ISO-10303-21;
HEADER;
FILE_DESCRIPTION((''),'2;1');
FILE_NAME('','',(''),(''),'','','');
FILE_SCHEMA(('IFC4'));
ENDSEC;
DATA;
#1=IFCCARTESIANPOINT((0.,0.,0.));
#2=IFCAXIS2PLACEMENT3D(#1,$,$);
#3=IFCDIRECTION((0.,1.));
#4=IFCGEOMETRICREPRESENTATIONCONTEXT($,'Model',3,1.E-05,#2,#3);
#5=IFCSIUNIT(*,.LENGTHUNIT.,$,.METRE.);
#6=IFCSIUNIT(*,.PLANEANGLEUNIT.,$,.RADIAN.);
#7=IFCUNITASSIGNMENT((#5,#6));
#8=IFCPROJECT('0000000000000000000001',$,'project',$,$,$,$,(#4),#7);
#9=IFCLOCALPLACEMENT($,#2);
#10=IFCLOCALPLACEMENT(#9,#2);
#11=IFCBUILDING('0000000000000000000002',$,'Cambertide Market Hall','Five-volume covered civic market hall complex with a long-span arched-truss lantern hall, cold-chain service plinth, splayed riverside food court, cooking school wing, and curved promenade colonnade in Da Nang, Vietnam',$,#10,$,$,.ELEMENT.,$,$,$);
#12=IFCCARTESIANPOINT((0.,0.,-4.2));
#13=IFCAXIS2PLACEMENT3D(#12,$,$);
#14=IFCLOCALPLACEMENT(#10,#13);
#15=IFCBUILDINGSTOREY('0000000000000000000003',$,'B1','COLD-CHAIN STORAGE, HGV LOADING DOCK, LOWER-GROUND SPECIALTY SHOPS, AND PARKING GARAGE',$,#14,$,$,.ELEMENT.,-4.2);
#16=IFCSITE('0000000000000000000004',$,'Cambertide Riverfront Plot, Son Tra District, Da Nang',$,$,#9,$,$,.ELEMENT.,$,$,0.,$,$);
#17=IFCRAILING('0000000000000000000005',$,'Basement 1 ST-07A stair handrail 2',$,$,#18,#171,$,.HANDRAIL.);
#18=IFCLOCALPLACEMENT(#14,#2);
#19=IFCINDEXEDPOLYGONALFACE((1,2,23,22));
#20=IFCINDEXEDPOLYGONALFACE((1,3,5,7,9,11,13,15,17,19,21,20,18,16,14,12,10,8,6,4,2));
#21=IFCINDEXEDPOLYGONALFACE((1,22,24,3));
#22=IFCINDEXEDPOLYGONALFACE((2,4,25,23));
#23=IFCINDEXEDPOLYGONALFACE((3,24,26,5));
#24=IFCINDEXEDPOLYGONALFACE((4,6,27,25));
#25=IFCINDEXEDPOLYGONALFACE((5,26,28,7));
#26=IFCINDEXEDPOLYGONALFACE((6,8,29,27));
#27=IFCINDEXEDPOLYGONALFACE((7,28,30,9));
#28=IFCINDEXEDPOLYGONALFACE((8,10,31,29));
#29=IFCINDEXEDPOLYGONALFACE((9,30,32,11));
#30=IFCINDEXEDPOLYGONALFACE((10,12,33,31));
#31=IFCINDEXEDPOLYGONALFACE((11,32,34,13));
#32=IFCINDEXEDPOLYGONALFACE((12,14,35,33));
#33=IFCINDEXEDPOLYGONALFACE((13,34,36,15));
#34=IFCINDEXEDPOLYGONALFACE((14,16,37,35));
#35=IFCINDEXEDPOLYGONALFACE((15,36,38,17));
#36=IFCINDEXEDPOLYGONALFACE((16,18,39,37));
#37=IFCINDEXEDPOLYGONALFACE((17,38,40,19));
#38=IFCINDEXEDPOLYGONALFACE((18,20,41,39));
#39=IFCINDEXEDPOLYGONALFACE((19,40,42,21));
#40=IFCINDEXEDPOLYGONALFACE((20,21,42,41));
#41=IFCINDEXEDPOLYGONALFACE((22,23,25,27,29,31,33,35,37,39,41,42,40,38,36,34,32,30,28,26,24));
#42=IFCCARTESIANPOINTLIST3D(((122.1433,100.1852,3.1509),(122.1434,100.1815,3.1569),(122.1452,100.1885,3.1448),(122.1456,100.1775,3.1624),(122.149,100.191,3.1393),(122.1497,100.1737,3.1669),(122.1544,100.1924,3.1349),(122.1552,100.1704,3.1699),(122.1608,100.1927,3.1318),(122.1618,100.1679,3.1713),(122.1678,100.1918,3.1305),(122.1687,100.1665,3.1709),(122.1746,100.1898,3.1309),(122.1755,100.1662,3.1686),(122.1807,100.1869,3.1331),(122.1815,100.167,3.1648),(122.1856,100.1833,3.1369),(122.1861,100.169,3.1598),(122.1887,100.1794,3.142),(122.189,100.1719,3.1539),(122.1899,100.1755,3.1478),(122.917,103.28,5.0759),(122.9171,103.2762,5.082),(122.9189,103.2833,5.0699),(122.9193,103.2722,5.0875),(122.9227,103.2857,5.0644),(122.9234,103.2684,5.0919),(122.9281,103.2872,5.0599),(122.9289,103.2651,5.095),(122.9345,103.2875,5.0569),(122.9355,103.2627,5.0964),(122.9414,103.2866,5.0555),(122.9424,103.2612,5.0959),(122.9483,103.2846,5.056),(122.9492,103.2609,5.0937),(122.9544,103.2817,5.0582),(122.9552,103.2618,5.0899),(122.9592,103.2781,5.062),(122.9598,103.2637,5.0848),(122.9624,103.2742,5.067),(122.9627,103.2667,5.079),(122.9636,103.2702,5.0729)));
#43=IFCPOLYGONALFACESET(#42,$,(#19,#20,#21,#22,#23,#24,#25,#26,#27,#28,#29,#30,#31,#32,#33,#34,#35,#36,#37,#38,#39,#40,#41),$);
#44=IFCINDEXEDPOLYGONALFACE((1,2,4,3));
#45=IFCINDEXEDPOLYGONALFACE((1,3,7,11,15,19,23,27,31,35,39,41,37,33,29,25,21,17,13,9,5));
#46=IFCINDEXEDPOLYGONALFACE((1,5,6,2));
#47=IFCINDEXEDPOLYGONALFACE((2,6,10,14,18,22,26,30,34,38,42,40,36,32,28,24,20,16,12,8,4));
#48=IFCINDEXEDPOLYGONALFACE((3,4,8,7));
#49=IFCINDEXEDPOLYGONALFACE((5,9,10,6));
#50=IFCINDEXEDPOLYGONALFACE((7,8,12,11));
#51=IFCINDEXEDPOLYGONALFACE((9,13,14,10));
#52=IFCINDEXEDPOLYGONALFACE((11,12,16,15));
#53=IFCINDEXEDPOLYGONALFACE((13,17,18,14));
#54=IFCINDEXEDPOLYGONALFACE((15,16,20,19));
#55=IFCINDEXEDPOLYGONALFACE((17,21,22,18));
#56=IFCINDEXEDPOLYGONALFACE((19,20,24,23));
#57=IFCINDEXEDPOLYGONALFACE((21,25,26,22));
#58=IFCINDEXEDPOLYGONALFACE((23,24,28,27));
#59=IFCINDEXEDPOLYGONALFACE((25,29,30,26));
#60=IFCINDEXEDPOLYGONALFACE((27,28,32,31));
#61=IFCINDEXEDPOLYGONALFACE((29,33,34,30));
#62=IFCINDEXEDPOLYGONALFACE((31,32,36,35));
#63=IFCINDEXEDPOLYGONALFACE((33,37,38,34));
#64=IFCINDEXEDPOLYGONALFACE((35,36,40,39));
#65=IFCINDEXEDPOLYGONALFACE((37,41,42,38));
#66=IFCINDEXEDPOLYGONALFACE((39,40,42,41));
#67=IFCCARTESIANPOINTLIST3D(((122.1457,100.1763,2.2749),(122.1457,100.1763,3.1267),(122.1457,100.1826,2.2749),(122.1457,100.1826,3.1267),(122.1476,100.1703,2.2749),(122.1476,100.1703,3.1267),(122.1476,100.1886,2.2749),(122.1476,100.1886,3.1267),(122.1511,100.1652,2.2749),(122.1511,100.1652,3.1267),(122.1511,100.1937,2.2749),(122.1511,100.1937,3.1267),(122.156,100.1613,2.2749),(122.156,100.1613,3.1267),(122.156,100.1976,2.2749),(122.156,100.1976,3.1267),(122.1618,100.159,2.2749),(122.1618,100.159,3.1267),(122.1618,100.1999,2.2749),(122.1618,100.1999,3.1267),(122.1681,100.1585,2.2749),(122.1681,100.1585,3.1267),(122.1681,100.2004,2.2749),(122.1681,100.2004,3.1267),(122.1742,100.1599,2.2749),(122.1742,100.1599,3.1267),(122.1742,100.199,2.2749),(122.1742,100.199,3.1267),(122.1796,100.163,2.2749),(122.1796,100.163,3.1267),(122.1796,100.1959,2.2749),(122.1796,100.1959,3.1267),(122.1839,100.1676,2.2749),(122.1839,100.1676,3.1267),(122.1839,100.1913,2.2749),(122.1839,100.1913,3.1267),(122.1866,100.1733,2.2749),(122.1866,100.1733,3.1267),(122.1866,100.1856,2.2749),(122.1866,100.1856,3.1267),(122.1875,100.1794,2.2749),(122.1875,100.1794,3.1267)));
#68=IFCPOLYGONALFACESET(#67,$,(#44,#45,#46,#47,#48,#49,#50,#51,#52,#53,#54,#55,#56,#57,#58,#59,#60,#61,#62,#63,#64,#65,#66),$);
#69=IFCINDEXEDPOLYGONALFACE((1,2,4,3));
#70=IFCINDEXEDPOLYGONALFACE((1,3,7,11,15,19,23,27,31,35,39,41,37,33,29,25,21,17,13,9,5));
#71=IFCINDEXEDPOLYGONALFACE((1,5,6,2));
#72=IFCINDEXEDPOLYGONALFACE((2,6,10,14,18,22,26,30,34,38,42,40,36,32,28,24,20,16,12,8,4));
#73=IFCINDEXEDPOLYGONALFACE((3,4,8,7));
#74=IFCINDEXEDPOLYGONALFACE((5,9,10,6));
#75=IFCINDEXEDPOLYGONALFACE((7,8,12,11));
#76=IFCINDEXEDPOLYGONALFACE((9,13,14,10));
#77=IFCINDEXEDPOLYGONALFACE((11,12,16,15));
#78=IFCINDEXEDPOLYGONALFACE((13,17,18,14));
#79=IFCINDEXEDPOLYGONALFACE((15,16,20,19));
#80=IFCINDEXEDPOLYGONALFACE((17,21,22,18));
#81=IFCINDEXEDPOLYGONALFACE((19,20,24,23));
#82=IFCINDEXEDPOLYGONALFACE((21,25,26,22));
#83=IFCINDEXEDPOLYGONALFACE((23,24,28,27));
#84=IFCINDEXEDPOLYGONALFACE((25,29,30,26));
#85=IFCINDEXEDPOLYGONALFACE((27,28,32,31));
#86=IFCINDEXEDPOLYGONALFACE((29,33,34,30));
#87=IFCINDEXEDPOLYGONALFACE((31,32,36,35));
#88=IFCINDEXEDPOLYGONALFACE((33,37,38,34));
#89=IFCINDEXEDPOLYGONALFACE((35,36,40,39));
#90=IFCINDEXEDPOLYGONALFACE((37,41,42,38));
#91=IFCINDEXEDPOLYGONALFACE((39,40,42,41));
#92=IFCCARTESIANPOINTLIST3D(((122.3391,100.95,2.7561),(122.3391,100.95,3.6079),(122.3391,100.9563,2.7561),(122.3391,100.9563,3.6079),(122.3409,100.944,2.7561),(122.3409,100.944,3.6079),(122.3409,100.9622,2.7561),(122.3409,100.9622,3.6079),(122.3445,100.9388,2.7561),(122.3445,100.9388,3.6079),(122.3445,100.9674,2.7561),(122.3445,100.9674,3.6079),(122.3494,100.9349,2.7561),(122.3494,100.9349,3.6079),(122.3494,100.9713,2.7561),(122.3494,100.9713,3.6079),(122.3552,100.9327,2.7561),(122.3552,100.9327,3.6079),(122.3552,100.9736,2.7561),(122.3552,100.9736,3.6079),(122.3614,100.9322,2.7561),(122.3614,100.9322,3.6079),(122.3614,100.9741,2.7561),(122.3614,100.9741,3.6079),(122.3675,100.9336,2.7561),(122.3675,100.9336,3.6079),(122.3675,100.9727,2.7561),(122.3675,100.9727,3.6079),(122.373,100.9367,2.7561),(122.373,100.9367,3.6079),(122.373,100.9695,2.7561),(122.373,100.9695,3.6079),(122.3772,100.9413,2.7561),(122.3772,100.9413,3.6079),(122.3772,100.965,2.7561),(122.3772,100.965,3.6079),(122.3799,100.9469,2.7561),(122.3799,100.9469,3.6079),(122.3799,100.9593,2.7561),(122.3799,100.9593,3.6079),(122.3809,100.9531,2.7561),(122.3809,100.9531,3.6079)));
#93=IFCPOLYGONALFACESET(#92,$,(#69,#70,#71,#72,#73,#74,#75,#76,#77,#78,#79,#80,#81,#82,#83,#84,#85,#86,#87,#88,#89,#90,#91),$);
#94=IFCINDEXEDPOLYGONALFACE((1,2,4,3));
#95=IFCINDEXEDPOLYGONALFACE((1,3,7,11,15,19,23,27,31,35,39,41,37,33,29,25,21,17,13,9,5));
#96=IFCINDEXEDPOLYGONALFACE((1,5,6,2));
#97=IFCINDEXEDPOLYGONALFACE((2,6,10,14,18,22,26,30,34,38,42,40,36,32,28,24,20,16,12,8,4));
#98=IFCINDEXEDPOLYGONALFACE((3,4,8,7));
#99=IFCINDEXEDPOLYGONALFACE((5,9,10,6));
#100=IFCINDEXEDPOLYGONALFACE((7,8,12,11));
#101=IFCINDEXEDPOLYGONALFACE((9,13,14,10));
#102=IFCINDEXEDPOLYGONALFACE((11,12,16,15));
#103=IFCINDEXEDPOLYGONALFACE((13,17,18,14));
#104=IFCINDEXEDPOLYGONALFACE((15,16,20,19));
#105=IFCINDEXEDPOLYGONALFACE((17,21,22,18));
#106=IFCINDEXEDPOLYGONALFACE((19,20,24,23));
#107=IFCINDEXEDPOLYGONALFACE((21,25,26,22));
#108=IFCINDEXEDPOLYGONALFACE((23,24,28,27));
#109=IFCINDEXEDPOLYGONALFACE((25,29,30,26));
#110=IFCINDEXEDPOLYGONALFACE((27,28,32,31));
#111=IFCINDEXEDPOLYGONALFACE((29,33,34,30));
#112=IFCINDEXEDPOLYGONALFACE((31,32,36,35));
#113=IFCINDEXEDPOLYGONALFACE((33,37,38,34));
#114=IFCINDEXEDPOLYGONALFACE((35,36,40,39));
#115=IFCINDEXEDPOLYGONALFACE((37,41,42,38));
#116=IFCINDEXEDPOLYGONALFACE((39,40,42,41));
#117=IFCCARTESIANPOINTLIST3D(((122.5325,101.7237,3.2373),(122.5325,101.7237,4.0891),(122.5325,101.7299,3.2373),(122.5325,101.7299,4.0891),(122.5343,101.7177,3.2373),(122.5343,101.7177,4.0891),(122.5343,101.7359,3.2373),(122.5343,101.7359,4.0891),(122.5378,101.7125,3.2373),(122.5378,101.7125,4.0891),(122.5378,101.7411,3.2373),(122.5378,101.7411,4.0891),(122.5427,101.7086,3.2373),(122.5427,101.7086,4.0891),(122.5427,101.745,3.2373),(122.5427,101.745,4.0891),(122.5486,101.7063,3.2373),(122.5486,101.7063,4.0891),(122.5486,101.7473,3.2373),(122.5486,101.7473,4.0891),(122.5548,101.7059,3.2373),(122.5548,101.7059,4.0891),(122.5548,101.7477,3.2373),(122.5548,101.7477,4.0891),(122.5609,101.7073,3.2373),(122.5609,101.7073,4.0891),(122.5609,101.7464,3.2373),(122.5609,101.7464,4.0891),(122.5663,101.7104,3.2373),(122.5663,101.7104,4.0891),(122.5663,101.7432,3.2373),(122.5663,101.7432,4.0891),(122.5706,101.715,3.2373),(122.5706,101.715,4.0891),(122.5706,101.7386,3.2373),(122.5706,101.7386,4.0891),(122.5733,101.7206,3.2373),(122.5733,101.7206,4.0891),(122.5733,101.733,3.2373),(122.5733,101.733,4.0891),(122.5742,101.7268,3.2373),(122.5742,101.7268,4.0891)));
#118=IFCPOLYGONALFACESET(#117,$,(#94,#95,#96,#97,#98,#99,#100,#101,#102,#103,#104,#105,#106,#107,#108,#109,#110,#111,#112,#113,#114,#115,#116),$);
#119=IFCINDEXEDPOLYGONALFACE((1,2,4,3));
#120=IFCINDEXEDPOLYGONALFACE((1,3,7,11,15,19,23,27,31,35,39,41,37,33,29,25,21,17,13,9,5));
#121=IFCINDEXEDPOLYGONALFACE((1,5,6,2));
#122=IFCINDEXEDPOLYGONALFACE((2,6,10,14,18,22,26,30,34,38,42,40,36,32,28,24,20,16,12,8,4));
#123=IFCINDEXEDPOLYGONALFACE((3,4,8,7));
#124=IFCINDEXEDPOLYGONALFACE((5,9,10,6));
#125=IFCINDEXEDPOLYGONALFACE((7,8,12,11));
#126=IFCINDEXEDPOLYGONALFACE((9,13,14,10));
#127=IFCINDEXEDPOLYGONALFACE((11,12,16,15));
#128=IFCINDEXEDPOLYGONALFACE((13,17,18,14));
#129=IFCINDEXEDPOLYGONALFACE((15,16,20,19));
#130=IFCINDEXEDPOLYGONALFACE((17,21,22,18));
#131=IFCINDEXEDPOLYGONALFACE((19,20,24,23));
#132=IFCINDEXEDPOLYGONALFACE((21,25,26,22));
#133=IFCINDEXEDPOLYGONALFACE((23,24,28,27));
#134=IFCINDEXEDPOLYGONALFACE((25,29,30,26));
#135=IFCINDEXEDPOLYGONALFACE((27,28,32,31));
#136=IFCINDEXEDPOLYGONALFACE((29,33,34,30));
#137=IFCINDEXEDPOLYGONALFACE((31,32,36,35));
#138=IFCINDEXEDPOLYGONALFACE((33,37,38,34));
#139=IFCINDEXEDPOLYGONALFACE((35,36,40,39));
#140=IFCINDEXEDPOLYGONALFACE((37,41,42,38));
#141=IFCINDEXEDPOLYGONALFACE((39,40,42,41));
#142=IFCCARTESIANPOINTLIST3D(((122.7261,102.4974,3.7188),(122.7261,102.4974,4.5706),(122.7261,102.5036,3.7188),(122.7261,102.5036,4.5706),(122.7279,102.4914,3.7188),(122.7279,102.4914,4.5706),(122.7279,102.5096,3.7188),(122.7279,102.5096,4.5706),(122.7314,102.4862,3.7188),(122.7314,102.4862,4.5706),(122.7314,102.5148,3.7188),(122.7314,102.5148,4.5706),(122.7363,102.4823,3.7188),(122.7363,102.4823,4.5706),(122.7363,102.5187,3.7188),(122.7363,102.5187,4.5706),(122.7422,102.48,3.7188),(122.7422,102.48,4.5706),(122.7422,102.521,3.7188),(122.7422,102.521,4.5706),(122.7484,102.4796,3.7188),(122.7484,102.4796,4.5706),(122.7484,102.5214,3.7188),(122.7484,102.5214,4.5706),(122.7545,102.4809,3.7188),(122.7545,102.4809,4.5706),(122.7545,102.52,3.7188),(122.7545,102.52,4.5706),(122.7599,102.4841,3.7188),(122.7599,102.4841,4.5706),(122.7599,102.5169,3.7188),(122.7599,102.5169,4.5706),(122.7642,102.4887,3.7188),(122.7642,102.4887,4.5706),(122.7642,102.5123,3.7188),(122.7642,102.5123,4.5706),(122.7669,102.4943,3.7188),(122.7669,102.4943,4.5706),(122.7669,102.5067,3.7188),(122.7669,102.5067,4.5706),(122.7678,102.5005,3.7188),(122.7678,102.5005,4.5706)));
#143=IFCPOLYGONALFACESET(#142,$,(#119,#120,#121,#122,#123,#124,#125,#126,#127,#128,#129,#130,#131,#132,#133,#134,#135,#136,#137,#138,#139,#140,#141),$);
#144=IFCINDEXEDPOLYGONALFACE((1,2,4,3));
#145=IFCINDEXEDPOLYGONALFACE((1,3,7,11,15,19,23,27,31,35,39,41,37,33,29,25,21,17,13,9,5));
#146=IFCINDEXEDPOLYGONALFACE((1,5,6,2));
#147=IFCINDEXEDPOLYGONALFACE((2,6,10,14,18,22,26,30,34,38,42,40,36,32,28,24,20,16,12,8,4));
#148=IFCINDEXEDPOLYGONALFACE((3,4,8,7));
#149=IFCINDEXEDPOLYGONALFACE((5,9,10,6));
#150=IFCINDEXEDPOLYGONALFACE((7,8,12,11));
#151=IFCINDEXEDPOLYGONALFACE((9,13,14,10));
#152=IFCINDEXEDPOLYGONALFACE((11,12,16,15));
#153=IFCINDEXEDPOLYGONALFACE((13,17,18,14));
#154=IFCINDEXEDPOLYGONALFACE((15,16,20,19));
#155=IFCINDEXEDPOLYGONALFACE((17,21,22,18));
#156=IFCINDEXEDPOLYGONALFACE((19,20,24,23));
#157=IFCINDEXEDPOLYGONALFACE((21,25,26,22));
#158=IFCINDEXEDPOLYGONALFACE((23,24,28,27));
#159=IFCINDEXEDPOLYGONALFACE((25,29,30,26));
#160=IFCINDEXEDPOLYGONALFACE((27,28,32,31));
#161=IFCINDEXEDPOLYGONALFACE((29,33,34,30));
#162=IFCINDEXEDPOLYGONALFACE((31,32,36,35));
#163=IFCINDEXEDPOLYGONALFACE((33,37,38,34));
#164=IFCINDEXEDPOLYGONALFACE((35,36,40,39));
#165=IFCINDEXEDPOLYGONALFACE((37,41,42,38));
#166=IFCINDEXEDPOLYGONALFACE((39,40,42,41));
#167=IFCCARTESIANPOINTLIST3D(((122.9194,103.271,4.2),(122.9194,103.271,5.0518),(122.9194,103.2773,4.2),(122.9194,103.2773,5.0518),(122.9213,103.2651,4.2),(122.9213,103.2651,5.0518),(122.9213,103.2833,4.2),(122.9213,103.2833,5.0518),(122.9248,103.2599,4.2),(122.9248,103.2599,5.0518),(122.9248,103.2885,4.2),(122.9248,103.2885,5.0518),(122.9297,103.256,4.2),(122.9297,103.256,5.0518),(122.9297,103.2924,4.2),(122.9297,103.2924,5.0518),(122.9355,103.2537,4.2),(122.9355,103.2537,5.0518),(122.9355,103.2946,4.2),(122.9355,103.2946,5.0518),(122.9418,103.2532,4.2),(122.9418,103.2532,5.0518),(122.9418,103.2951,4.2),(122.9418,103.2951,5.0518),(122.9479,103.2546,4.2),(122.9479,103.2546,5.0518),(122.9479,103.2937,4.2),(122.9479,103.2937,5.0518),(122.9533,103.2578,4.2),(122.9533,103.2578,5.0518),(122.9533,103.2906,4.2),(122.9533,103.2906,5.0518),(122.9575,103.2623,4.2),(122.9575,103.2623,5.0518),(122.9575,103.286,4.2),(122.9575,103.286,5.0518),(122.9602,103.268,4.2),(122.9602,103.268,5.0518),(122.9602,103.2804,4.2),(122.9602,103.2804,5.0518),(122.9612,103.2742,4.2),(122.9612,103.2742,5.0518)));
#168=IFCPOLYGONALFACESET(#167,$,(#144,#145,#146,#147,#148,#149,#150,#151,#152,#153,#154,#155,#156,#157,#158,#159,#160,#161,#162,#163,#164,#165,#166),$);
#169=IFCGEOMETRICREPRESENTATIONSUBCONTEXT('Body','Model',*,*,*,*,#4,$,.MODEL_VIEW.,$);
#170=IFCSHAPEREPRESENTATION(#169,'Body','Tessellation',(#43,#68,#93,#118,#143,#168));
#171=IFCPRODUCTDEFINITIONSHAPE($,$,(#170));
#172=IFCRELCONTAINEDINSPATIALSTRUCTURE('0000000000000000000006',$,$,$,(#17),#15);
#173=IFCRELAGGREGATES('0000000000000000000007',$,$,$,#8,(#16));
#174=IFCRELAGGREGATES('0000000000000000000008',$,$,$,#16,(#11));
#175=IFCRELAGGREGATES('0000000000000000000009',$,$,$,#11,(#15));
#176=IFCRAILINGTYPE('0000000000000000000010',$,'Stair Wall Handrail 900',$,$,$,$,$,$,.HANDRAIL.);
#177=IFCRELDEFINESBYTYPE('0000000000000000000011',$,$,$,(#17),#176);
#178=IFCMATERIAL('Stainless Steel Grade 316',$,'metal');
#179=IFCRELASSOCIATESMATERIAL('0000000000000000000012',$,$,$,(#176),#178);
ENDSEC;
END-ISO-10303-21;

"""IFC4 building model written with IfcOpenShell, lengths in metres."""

from ifc_helpers import new_model, si_unit, direction, frame, origin, origin_2d, place, context, subcontext, project, spatial, circle, extrude, material, type_object, element, save


model = new_model("IFC4")

# Units and contexts
model_context = context("Model", 3, precision=1e-05, world=origin(), true_north=direction((0.0, 1.0)))
body_context = subcontext(model_context, "Body", "Model", "MODEL_VIEW")
ifc_project = project(units=[si_unit("LENGTHUNIT", "METRE"), si_unit("PLANEANGLEUNIT", "RADIAN")], contexts=[model_context])

# Site, building, storey
site_placement = place(None, origin())
site = spatial("IfcSite", under=ifc_project, at=site_placement, Name="Cambertide Riverfront Plot, Son Tra District, Da Nang", CompositionType="ELEMENT", RefElevation=0.0)
building_placement = place(site_placement, origin())
building = spatial("IfcBuilding", under=site, at=building_placement, Name="Cambertide Market Hall", Description="Five-volume covered civic market hall complex with a long-span arched-truss lantern hall, cold-chain service plinth, splayed riverside food court, cooking school wing, and curved promenade colonnade in Da Nang, Vietnam", CompositionType="ELEMENT")
storey_placement = place(building_placement, frame((0.0, 0.0, -4.2)))
storey = spatial("IfcBuildingStorey", under=building, at=storey_placement, Name="B1", Description="COLD-CHAIN STORAGE, HGV LOADING DOCK, LOWER-GROUND SPECIALTY SHOPS, AND PARKING GARAGE", CompositionType="ELEMENT", Elevation=-4.2)

# Railing
ifc_material_1 = material(Name="Stainless Steel Grade 316", Category="metal")
railing_type_1 = type_object("IfcRailingType", Name="Stair Wall Handrail 900", PredefinedType="HANDRAIL", material=ifc_material_1)
railing_1_placement = place(storey_placement, frame((122.1665, 100.1794, 2.2749)))
element("IfcRailing", 1, at=railing_1_placement, inside=storey, type_object=railing_type_1, Name="Basement 1 ST-07A stair handrail 2", PredefinedType="HANDRAIL", context=body_context, shape_type="SweptSolid", body=[
    extrude(circle(Radius=0.0239, at=origin_2d()), frame((0.0, 0.0, 0.876), z_axis=(0.207654, 0.830616, 0.516678), x_axis=(-0.970143, 0.242536, 0.0)), (0.0, 0.0, 1.0), 3.7258),
    extrude(circle(Radius=0.021, at=origin_2d()), origin(), (0.0, 0.0, 1.0), 0.8518),
    extrude(circle(Radius=0.021, at=origin_2d()), frame((0.1934, 0.7737, 0.4812)), (0.0, 0.0, 1.0), 0.8518),
    extrude(circle(Radius=0.021, at=origin_2d()), frame((0.3867, 1.5474, 0.9624)), (0.0, 0.0, 1.0), 0.8518),
    extrude(circle(Radius=0.021, at=origin_2d()), frame((0.5803, 2.321, 1.4438)), (0.0, 0.0, 1.0), 0.8518),
    extrude(circle(Radius=0.021, at=origin_2d()), frame((0.7737, 3.0947, 1.925)), (0.0, 0.0, 1.0), 0.8518),
])

save(model, "model.ifc")
